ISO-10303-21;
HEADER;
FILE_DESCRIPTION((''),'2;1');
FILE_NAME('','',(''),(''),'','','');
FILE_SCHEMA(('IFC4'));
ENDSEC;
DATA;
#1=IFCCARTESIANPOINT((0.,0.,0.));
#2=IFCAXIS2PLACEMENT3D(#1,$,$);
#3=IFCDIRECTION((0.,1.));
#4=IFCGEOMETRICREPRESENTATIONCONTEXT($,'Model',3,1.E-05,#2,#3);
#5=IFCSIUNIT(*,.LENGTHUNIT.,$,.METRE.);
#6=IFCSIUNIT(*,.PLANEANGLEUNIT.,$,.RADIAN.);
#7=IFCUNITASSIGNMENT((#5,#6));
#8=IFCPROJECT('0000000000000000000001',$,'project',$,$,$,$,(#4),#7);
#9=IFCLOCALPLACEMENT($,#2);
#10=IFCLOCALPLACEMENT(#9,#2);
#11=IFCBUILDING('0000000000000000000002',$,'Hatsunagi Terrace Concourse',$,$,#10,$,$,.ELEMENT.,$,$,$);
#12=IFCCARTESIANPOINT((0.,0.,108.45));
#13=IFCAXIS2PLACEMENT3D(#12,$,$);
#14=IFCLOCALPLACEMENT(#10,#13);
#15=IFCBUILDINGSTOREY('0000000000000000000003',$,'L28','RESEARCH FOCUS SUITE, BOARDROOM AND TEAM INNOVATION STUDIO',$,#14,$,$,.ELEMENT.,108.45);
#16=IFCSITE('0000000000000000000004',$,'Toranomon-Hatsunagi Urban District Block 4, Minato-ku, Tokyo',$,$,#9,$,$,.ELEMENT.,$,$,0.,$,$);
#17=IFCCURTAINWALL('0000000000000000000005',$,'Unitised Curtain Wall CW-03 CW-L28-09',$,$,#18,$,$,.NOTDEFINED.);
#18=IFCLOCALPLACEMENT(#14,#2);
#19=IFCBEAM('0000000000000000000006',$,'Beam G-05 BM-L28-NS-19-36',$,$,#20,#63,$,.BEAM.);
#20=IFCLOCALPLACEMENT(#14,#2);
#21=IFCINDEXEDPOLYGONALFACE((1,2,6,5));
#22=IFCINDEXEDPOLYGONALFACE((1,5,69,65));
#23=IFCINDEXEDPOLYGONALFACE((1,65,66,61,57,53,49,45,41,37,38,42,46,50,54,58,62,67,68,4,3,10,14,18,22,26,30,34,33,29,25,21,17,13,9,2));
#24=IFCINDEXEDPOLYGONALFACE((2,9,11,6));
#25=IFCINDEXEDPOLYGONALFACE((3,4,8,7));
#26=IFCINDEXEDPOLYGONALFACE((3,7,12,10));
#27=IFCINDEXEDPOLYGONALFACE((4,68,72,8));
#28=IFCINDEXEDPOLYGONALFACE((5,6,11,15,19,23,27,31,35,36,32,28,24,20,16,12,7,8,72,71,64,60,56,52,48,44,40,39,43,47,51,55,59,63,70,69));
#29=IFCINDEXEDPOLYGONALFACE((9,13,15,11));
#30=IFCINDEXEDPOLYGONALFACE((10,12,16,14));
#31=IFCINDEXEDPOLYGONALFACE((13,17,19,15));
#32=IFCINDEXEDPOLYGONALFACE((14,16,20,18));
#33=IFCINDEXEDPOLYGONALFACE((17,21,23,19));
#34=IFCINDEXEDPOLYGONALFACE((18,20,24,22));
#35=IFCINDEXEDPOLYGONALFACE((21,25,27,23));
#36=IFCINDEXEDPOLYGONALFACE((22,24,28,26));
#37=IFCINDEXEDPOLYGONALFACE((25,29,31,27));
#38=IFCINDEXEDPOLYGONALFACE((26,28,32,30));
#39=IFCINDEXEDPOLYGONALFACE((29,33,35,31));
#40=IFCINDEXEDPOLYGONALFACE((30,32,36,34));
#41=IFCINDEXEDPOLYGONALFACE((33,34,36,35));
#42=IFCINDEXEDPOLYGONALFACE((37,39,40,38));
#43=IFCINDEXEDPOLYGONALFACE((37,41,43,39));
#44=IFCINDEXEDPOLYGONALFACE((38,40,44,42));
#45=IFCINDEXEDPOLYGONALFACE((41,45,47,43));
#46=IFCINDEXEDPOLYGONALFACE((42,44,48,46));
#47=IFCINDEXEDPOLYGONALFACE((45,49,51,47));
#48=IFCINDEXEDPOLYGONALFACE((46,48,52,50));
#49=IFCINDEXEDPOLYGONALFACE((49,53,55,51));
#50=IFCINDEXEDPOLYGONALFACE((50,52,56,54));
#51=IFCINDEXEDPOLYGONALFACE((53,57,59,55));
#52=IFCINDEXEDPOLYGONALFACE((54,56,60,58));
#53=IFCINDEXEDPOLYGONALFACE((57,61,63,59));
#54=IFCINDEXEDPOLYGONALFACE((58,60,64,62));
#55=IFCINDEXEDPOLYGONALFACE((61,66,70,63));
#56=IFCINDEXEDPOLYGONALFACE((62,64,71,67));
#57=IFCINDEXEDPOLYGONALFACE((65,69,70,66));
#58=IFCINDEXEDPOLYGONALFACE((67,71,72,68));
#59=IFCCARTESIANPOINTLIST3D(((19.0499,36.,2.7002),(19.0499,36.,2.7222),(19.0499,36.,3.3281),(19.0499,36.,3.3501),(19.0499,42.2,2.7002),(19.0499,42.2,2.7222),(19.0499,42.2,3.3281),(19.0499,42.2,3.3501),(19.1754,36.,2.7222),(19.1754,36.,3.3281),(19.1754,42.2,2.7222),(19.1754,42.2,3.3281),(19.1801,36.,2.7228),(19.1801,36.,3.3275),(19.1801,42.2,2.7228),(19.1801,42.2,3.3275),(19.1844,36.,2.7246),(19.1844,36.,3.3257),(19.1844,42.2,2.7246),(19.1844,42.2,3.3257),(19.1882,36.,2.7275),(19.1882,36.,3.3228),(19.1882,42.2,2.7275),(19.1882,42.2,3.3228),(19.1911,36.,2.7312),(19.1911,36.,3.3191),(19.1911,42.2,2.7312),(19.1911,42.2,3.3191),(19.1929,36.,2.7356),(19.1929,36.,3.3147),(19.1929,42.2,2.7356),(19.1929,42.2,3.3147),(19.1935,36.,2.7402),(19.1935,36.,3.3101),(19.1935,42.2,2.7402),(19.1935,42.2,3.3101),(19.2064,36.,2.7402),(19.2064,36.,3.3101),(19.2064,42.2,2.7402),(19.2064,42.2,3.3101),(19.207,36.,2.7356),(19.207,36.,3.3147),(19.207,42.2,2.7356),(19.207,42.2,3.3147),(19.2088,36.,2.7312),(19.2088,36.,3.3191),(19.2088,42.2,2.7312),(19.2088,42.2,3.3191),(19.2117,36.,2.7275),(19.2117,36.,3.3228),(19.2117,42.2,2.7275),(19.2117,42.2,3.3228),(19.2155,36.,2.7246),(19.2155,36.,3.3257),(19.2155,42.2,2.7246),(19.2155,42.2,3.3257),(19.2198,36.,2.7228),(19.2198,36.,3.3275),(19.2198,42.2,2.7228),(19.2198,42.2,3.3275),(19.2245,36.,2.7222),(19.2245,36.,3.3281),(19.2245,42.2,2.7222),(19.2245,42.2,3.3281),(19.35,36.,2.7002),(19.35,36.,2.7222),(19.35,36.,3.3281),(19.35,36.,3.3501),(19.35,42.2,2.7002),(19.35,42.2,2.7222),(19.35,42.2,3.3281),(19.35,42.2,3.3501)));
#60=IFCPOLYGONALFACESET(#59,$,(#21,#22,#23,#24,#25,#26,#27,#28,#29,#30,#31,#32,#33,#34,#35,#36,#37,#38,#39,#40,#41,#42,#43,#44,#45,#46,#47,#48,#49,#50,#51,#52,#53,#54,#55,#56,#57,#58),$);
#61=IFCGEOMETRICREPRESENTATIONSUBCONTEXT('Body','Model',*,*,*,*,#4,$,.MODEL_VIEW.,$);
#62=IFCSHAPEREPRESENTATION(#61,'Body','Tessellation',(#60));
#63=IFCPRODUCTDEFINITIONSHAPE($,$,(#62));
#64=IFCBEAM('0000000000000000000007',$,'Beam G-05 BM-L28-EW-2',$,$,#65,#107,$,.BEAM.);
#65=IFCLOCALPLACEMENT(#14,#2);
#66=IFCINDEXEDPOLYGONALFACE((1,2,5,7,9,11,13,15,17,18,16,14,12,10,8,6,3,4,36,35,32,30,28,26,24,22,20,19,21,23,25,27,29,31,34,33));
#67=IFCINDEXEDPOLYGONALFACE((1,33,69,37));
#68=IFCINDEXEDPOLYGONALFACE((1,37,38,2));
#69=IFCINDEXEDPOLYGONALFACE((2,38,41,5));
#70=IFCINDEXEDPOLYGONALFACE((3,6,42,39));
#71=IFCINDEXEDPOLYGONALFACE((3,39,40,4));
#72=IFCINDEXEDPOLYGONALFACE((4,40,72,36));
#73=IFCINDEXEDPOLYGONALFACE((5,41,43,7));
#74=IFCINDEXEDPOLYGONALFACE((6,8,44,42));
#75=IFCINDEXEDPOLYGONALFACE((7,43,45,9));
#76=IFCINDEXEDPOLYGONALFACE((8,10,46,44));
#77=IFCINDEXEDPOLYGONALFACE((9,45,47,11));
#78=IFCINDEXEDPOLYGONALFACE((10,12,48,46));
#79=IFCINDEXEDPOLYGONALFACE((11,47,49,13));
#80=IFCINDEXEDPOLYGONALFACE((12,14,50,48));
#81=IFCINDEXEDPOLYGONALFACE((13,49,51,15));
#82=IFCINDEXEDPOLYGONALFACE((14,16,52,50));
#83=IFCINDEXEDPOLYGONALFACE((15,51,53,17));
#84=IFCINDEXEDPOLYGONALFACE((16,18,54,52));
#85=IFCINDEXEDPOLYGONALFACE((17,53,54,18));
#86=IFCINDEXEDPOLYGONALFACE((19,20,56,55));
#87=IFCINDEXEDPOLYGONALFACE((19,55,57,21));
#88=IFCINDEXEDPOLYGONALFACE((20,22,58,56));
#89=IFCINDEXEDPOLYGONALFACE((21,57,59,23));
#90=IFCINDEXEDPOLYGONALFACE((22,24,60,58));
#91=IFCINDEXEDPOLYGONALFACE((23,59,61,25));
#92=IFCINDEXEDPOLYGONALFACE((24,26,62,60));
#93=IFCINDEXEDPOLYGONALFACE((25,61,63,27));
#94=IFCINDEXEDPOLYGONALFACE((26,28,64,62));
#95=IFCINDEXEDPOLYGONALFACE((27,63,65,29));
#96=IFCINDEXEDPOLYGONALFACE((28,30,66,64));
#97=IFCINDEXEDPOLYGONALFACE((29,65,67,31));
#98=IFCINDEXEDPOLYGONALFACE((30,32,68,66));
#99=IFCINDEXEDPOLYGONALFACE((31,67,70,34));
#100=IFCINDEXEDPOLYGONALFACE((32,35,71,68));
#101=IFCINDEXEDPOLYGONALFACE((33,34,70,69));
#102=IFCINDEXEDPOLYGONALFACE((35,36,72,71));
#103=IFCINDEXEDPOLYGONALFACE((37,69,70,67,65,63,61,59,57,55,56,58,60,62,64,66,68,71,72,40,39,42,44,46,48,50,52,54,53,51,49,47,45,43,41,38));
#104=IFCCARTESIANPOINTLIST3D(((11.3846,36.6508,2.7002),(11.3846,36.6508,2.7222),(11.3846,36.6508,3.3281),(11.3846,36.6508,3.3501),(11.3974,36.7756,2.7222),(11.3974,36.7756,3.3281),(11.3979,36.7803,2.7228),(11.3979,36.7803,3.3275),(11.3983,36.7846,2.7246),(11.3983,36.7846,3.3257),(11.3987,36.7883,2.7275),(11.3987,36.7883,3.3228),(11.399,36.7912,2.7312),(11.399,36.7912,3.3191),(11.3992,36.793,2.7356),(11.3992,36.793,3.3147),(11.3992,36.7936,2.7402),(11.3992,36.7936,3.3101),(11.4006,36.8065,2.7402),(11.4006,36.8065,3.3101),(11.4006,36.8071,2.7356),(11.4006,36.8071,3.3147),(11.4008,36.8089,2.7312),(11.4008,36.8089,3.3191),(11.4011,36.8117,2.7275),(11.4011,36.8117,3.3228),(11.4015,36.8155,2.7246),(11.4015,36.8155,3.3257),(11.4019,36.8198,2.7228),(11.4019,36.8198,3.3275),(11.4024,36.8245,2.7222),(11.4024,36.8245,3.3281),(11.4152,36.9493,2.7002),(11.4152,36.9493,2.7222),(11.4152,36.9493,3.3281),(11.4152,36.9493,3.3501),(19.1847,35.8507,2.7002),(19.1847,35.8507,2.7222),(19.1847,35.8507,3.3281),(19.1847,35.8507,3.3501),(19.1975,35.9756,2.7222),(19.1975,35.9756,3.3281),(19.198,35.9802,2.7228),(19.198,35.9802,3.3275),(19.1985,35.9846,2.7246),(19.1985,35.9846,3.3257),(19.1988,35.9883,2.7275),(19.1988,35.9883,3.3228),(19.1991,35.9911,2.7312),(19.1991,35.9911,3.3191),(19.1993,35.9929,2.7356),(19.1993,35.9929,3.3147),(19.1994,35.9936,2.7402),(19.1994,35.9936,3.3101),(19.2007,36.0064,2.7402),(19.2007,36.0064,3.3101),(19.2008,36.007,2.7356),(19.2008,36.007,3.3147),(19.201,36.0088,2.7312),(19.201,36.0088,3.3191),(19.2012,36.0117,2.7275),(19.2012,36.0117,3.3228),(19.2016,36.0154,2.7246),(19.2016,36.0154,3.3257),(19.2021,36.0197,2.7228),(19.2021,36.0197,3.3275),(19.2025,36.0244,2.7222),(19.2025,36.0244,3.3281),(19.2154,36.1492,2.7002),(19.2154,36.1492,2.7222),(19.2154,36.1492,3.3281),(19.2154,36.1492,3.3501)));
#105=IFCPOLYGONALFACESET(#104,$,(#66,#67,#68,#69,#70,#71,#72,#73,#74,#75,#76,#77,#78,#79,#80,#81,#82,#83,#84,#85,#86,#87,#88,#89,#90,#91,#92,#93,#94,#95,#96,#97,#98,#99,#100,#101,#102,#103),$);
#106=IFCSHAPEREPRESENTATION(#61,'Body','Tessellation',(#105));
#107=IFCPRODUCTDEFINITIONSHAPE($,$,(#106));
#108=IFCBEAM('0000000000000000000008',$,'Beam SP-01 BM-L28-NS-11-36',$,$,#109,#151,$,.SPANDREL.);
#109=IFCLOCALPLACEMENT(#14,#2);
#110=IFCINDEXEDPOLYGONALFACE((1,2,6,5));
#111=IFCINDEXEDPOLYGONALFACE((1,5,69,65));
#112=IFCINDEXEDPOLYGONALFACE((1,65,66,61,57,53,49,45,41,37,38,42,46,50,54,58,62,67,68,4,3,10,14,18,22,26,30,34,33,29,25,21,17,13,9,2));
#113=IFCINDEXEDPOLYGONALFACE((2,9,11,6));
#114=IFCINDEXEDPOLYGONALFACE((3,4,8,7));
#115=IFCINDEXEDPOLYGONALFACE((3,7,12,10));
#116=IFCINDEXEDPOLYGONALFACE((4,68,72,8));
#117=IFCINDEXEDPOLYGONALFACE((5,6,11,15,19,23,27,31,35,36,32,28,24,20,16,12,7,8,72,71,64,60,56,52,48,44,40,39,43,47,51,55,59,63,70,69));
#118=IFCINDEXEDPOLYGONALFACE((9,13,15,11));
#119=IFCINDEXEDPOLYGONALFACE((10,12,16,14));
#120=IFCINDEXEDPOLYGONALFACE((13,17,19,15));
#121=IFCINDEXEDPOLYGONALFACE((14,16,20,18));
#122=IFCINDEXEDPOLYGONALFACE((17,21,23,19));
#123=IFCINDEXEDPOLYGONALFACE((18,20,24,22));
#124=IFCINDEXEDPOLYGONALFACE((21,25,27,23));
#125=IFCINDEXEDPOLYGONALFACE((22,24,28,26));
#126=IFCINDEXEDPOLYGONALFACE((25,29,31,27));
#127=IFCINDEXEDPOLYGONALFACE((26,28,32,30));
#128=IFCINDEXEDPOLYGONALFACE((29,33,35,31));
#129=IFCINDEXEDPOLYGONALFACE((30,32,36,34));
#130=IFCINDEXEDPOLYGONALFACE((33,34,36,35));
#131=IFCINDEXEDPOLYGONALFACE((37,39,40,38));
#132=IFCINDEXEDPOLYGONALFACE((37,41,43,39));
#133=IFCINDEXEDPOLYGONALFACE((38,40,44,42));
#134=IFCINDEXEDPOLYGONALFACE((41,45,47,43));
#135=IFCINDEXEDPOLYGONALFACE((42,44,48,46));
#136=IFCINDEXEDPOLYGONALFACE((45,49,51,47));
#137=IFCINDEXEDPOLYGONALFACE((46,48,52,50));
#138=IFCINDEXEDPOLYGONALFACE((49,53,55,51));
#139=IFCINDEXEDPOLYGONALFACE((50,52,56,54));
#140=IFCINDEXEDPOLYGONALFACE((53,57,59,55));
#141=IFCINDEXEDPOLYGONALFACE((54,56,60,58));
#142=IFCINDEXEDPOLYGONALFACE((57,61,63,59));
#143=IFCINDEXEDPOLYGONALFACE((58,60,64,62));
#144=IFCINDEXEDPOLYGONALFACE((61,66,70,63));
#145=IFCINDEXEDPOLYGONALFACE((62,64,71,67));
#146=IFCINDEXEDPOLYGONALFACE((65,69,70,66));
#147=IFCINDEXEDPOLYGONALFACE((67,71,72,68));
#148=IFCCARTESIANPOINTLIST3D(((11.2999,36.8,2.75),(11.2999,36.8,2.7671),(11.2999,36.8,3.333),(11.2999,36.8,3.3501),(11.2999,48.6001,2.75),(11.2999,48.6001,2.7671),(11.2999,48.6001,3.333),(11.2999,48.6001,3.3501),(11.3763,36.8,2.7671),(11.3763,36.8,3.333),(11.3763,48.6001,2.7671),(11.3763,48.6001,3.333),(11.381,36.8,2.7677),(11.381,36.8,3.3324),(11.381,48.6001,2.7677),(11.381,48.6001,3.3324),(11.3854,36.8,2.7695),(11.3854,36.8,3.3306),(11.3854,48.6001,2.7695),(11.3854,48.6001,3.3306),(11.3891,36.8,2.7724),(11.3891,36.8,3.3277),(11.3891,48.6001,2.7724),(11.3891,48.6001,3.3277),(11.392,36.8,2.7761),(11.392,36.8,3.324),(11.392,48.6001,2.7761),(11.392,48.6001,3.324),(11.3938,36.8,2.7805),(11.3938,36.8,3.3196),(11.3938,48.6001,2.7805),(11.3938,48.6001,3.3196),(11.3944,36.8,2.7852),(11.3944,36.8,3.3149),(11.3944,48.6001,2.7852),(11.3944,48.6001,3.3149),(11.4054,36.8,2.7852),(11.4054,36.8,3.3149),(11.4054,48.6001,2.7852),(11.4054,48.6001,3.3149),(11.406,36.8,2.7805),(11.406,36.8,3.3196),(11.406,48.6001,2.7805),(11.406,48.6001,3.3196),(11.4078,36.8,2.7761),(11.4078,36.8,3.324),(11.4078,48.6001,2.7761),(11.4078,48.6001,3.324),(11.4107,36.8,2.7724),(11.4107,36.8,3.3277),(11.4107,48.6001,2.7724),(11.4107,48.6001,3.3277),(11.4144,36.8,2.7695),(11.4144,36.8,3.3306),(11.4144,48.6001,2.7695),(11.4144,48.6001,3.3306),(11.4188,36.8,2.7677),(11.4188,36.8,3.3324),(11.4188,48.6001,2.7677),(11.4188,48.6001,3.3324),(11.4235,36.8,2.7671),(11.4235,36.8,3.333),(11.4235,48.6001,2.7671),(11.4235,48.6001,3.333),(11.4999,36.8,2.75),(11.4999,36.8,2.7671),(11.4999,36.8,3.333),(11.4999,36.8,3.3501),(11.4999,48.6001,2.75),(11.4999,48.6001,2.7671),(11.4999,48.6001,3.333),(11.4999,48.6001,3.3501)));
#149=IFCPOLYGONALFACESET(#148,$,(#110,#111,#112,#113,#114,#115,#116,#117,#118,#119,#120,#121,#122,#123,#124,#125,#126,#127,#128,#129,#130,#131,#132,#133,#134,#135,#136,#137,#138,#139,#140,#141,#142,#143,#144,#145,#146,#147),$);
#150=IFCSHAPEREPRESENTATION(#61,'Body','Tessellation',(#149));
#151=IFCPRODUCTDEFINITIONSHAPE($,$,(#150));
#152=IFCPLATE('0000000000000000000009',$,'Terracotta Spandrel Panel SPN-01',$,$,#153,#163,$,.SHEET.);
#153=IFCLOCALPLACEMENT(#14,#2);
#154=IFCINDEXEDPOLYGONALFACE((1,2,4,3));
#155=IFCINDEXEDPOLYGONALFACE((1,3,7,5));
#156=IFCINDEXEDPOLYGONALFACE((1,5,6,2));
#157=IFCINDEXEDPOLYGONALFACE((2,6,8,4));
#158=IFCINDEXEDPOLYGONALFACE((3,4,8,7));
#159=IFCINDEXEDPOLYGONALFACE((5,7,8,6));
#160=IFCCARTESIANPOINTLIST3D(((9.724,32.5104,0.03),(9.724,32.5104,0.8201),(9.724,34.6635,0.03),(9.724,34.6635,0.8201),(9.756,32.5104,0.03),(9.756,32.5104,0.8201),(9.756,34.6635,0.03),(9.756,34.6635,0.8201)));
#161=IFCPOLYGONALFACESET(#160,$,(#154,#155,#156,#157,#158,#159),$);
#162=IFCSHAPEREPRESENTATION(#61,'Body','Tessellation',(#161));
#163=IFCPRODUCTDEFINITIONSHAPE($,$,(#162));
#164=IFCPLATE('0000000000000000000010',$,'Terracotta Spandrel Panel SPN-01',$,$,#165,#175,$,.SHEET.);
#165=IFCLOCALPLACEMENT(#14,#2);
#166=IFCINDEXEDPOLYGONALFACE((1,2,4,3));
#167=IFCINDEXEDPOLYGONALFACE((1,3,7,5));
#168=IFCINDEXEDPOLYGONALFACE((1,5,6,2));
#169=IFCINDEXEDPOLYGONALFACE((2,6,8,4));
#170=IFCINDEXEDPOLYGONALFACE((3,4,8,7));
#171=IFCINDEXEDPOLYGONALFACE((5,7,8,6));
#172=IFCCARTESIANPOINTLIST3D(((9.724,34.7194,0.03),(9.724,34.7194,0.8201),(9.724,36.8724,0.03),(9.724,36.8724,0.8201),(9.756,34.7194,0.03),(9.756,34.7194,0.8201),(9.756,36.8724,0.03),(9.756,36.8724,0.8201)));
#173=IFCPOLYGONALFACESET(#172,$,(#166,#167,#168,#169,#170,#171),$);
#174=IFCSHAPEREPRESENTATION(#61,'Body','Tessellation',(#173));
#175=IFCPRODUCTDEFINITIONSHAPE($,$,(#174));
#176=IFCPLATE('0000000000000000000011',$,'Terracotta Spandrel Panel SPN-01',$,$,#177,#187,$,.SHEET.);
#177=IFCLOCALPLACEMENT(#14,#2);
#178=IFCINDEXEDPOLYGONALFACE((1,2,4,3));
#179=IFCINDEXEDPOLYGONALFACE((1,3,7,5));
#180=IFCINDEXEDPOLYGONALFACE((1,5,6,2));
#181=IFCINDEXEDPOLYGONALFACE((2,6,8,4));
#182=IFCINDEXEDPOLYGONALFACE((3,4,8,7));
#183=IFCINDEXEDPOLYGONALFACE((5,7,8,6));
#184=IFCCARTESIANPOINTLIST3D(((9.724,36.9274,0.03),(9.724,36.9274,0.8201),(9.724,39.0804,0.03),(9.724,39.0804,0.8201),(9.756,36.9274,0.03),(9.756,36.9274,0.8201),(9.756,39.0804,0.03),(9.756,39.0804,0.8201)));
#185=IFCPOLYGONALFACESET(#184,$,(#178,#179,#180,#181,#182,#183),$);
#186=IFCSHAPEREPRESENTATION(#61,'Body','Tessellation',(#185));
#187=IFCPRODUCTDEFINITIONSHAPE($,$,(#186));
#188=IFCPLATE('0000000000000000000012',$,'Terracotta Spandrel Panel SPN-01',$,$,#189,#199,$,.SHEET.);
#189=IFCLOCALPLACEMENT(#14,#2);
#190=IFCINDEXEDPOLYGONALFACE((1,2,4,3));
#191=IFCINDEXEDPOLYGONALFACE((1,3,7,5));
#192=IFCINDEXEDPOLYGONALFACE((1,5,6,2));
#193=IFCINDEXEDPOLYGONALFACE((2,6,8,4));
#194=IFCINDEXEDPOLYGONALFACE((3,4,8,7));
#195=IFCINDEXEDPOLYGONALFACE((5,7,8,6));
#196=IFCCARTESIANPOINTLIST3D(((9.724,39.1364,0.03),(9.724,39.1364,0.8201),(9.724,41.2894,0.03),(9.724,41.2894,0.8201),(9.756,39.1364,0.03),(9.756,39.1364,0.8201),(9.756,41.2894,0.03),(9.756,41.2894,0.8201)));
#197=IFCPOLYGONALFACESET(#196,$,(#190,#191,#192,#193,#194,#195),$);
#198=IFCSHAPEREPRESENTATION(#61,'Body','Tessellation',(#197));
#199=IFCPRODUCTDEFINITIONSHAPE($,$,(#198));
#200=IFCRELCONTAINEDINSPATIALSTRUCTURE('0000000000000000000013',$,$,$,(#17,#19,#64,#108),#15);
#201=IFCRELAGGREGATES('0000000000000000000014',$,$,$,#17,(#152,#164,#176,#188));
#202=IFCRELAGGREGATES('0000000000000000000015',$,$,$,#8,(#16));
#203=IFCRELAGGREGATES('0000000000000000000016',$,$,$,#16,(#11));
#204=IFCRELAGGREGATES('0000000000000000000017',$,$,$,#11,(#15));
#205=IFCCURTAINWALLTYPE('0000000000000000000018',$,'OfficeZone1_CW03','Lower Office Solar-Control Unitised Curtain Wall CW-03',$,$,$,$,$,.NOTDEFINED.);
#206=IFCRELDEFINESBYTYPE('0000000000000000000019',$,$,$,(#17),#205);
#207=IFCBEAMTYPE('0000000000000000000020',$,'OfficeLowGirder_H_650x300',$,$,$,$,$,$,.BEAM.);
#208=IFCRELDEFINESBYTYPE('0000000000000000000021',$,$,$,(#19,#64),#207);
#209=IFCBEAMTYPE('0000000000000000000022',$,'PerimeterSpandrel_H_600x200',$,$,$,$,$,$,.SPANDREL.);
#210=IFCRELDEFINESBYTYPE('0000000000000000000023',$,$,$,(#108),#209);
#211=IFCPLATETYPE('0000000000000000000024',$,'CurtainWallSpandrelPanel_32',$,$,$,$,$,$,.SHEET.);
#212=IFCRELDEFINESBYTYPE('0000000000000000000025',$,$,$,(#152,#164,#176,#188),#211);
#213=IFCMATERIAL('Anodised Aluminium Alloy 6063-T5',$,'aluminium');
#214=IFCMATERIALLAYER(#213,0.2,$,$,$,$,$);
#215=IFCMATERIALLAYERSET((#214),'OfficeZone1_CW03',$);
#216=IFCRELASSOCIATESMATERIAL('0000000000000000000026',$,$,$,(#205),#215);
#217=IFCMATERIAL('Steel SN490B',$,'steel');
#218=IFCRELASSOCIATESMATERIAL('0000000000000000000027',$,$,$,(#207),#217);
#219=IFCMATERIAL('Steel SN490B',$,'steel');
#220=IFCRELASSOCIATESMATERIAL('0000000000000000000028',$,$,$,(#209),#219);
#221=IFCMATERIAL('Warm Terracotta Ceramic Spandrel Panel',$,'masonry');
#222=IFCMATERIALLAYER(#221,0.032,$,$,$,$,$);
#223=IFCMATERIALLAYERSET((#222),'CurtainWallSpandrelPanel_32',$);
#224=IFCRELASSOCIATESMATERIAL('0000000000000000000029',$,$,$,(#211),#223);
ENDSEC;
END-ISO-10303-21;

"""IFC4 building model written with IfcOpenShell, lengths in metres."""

from ifc_helpers import new_model, si_unit, direction, frame, origin, origin_2d, place, context, subcontext, project, spatial, rectangle, i_section, extrude, material, layer, layer_set, material_profile, profile_set, type_object, element, aggregate, save


model = new_model("IFC4")

# Units and contexts
model_context = context("Model", 3, precision=1e-05, world=origin(), true_north=direction((0.0, 1.0)))
body_context = subcontext(model_context, "Body", "Model", "MODEL_VIEW")
ifc_project = project(units=[si_unit("LENGTHUNIT", "METRE"), si_unit("PLANEANGLEUNIT", "RADIAN")], contexts=[model_context])

# Site, building, storey
site_placement = place(None, origin())
site = spatial("IfcSite", under=ifc_project, at=site_placement, Name="Toranomon-Hatsunagi Urban District Block 4, Minato-ku, Tokyo", CompositionType="ELEMENT", RefElevation=0.0)
building_placement = place(site_placement, origin())
building = spatial("IfcBuilding", under=site, at=building_placement, Name="Hatsunagi Terrace Concourse", CompositionType="ELEMENT")
storey_placement = place(building_placement, frame((0.0, 0.0, 108.45)))
storey = spatial("IfcBuildingStorey", under=building, at=storey_placement, Name="L28", Description="RESEARCH FOCUS SUITE, BOARDROOM AND TEAM INNOVATION STUDIO", CompositionType="ELEMENT", Elevation=108.45)

# Curtain wall
ifc_material_1 = material(Name="Anodised Aluminium Alloy 6063-T5", Category="aluminium")
ifc_layer_1 = layer(ifc_material_1, 0.2)
ifc_layer_set_1 = layer_set([ifc_layer_1], Name="OfficeZone1_CW03")
curtain_wall_type = type_object("IfcCurtainWallType", Name="OfficeZone1_CW03", Description="Lower Office Solar-Control Unitised Curtain Wall CW-03", PredefinedType="NOTDEFINED", material=ifc_layer_set_1)
curtain_wall_placement = place(storey_placement, origin())
curtain_wall = element("IfcCurtainWall", 1, at=curtain_wall_placement, inside=storey, type_object=curtain_wall_type, Name="Unitised Curtain Wall CW-03 CW-L28-09", PredefinedType="NOTDEFINED")

# Beams
ifc_material_2 = material(Name="Steel SN490B", Category="steel")
ifc_material_profile_1 = material_profile(ifc_material_2, i_section(OverallWidth=0.3, OverallDepth=0.6499, WebThickness=0.0129, FlangeThickness=0.022, FilletRadius=0.0181, at=origin_2d()), Name="H-650x300x13x22")
ifc_profile_set_1 = profile_set([ifc_material_profile_1], Name="Steel SN490B")
beam_type_1 = type_object("IfcBeamType", Name="OfficeLowGirder_H_650x300", PredefinedType="BEAM", material=ifc_profile_set_1)
beam_1_placement = place(storey_placement, frame((19.2, 36.0, 3.0251), z_axis=(0.0, 1.0, 0.0), x_axis=(-1.0, 0.0, 0.0)))
element("IfcBeam", 2, at=beam_1_placement, inside=storey, type_object=beam_type_1, Name="Beam G-05 BM-L28-NS-19-36", PredefinedType="BEAM", context=body_context, shape_type="SweptSolid", body=[
    extrude(i_section(OverallWidth=0.3, OverallDepth=0.6499, WebThickness=0.0129, FlangeThickness=0.022, FilletRadius=0.0181, at=origin_2d()), origin(), (0.0, 0.0, 1.0), 6.2),
])
beam_2_placement = place(storey_placement, frame((11.3999, 36.8, 3.0251), z_axis=(0.994781, -0.102034, 0.0), x_axis=(0.102034, 0.994781, 0.0)))
element("IfcBeam", 3, at=beam_2_placement, inside=storey, type_object=beam_type_1, Name="Beam G-05 BM-L28-EW-2", PredefinedType="BEAM", context=body_context, shape_type="SweptSolid", body=[
    extrude(i_section(OverallWidth=0.3, OverallDepth=0.6499, WebThickness=0.0129, FlangeThickness=0.022, FilletRadius=0.0181, at=origin_2d()), origin(), (0.0, 0.0, 1.0), 7.8411),
])
ifc_material_3 = material(Name="Steel SN490B", Category="steel")
ifc_material_profile_2 = material_profile(ifc_material_3, i_section(OverallWidth=0.2, OverallDepth=0.6001, WebThickness=0.011, FlangeThickness=0.0171, FilletRadius=0.0181, at=origin_2d()), Name="H-600x200x11x17")
ifc_profile_set_2 = profile_set([ifc_material_profile_2], Name="Steel SN490B")
beam_type_2 = type_object("IfcBeamType", Name="PerimeterSpandrel_H_600x200", PredefinedType="SPANDREL", material=ifc_profile_set_2)
beam_3_placement = place(storey_placement, frame((11.3999, 36.8, 3.05), z_axis=(0.0, 1.0, 0.0), x_axis=(-1.0, 0.0, 0.0)))
element("IfcBeam", 4, at=beam_3_placement, inside=storey, type_object=beam_type_2, Name="Beam SP-01 BM-L28-NS-11-36", PredefinedType="SPANDREL", context=body_context, shape_type="SweptSolid", body=[
    extrude(i_section(OverallWidth=0.2, OverallDepth=0.6001, WebThickness=0.011, FlangeThickness=0.0171, FilletRadius=0.0181, at=origin_2d()), origin(), (0.0, 0.0, 1.0), 11.8),
])

# Plates
ifc_material_4 = material(Name="Warm Terracotta Ceramic Spandrel Panel", Category="masonry")
ifc_layer_2 = layer(ifc_material_4, 0.032)
ifc_layer_set_2 = layer_set([ifc_layer_2], Name="CurtainWallSpandrelPanel_32")
plate_type_1 = type_object("IfcPlateType", Name="CurtainWallSpandrelPanel_32", PredefinedType="SHEET", material=ifc_layer_set_2)
plate_1_placement = place(storey_placement, frame((9.74, 33.5869, 0.03), z_axis=(0.0, 0.0, 1.0), x_axis=(0.0, 1.0, 0.0)))
plate_1 = element("IfcPlate", 5, at=plate_1_placement, type_object=plate_type_1, Name="Terracotta Spandrel Panel SPN-01", PredefinedType="SHEET", context=body_context, shape_type="SweptSolid", body=[
    extrude(rectangle(XDim=2.1531, YDim=0.032, at=origin_2d()), origin(), (0.0, 0.0, 1.0), 0.79),
])
plate_2_placement = place(storey_placement, frame((9.74, 35.7959, 0.03), z_axis=(0.0, 0.0, 1.0), x_axis=(0.0, 1.0, 0.0)))
plate_2 = element("IfcPlate", 6, at=plate_2_placement, type_object=plate_type_1, Name="Terracotta Spandrel Panel SPN-01", PredefinedType="SHEET", context=body_context, shape_type="SweptSolid", body=[
    extrude(rectangle(XDim=2.1531, YDim=0.032, at=origin_2d()), origin(), (0.0, 0.0, 1.0), 0.79),
])
plate_3_placement = place(storey_placement, frame((9.74, 38.0039, 0.03), z_axis=(0.0, 0.0, 1.0), x_axis=(0.0, 1.0, 0.0)))
plate_3 = element("IfcPlate", 7, at=plate_3_placement, type_object=plate_type_1, Name="Terracotta Spandrel Panel SPN-01", PredefinedType="SHEET", context=body_context, shape_type="SweptSolid", body=[
    extrude(rectangle(XDim=2.1531, YDim=0.032, at=origin_2d()), origin(), (0.0, 0.0, 1.0), 0.79),
])
plate_4_placement = place(storey_placement, frame((9.74, 40.2129, 0.03), z_axis=(0.0, 0.0, 1.0), x_axis=(0.0, 1.0, 0.0)))
plate_4 = element("IfcPlate", 8, at=plate_4_placement, type_object=plate_type_1, Name="Terracotta Spandrel Panel SPN-01", PredefinedType="SHEET", context=body_context, shape_type="SweptSolid", body=[
    extrude(rectangle(XDim=2.1531, YDim=0.032, at=origin_2d()), origin(), (0.0, 0.0, 1.0), 0.79),
])
aggregate(curtain_wall, [plate_1, plate_2, plate_3, plate_4])

save(model, "model.ifc")
